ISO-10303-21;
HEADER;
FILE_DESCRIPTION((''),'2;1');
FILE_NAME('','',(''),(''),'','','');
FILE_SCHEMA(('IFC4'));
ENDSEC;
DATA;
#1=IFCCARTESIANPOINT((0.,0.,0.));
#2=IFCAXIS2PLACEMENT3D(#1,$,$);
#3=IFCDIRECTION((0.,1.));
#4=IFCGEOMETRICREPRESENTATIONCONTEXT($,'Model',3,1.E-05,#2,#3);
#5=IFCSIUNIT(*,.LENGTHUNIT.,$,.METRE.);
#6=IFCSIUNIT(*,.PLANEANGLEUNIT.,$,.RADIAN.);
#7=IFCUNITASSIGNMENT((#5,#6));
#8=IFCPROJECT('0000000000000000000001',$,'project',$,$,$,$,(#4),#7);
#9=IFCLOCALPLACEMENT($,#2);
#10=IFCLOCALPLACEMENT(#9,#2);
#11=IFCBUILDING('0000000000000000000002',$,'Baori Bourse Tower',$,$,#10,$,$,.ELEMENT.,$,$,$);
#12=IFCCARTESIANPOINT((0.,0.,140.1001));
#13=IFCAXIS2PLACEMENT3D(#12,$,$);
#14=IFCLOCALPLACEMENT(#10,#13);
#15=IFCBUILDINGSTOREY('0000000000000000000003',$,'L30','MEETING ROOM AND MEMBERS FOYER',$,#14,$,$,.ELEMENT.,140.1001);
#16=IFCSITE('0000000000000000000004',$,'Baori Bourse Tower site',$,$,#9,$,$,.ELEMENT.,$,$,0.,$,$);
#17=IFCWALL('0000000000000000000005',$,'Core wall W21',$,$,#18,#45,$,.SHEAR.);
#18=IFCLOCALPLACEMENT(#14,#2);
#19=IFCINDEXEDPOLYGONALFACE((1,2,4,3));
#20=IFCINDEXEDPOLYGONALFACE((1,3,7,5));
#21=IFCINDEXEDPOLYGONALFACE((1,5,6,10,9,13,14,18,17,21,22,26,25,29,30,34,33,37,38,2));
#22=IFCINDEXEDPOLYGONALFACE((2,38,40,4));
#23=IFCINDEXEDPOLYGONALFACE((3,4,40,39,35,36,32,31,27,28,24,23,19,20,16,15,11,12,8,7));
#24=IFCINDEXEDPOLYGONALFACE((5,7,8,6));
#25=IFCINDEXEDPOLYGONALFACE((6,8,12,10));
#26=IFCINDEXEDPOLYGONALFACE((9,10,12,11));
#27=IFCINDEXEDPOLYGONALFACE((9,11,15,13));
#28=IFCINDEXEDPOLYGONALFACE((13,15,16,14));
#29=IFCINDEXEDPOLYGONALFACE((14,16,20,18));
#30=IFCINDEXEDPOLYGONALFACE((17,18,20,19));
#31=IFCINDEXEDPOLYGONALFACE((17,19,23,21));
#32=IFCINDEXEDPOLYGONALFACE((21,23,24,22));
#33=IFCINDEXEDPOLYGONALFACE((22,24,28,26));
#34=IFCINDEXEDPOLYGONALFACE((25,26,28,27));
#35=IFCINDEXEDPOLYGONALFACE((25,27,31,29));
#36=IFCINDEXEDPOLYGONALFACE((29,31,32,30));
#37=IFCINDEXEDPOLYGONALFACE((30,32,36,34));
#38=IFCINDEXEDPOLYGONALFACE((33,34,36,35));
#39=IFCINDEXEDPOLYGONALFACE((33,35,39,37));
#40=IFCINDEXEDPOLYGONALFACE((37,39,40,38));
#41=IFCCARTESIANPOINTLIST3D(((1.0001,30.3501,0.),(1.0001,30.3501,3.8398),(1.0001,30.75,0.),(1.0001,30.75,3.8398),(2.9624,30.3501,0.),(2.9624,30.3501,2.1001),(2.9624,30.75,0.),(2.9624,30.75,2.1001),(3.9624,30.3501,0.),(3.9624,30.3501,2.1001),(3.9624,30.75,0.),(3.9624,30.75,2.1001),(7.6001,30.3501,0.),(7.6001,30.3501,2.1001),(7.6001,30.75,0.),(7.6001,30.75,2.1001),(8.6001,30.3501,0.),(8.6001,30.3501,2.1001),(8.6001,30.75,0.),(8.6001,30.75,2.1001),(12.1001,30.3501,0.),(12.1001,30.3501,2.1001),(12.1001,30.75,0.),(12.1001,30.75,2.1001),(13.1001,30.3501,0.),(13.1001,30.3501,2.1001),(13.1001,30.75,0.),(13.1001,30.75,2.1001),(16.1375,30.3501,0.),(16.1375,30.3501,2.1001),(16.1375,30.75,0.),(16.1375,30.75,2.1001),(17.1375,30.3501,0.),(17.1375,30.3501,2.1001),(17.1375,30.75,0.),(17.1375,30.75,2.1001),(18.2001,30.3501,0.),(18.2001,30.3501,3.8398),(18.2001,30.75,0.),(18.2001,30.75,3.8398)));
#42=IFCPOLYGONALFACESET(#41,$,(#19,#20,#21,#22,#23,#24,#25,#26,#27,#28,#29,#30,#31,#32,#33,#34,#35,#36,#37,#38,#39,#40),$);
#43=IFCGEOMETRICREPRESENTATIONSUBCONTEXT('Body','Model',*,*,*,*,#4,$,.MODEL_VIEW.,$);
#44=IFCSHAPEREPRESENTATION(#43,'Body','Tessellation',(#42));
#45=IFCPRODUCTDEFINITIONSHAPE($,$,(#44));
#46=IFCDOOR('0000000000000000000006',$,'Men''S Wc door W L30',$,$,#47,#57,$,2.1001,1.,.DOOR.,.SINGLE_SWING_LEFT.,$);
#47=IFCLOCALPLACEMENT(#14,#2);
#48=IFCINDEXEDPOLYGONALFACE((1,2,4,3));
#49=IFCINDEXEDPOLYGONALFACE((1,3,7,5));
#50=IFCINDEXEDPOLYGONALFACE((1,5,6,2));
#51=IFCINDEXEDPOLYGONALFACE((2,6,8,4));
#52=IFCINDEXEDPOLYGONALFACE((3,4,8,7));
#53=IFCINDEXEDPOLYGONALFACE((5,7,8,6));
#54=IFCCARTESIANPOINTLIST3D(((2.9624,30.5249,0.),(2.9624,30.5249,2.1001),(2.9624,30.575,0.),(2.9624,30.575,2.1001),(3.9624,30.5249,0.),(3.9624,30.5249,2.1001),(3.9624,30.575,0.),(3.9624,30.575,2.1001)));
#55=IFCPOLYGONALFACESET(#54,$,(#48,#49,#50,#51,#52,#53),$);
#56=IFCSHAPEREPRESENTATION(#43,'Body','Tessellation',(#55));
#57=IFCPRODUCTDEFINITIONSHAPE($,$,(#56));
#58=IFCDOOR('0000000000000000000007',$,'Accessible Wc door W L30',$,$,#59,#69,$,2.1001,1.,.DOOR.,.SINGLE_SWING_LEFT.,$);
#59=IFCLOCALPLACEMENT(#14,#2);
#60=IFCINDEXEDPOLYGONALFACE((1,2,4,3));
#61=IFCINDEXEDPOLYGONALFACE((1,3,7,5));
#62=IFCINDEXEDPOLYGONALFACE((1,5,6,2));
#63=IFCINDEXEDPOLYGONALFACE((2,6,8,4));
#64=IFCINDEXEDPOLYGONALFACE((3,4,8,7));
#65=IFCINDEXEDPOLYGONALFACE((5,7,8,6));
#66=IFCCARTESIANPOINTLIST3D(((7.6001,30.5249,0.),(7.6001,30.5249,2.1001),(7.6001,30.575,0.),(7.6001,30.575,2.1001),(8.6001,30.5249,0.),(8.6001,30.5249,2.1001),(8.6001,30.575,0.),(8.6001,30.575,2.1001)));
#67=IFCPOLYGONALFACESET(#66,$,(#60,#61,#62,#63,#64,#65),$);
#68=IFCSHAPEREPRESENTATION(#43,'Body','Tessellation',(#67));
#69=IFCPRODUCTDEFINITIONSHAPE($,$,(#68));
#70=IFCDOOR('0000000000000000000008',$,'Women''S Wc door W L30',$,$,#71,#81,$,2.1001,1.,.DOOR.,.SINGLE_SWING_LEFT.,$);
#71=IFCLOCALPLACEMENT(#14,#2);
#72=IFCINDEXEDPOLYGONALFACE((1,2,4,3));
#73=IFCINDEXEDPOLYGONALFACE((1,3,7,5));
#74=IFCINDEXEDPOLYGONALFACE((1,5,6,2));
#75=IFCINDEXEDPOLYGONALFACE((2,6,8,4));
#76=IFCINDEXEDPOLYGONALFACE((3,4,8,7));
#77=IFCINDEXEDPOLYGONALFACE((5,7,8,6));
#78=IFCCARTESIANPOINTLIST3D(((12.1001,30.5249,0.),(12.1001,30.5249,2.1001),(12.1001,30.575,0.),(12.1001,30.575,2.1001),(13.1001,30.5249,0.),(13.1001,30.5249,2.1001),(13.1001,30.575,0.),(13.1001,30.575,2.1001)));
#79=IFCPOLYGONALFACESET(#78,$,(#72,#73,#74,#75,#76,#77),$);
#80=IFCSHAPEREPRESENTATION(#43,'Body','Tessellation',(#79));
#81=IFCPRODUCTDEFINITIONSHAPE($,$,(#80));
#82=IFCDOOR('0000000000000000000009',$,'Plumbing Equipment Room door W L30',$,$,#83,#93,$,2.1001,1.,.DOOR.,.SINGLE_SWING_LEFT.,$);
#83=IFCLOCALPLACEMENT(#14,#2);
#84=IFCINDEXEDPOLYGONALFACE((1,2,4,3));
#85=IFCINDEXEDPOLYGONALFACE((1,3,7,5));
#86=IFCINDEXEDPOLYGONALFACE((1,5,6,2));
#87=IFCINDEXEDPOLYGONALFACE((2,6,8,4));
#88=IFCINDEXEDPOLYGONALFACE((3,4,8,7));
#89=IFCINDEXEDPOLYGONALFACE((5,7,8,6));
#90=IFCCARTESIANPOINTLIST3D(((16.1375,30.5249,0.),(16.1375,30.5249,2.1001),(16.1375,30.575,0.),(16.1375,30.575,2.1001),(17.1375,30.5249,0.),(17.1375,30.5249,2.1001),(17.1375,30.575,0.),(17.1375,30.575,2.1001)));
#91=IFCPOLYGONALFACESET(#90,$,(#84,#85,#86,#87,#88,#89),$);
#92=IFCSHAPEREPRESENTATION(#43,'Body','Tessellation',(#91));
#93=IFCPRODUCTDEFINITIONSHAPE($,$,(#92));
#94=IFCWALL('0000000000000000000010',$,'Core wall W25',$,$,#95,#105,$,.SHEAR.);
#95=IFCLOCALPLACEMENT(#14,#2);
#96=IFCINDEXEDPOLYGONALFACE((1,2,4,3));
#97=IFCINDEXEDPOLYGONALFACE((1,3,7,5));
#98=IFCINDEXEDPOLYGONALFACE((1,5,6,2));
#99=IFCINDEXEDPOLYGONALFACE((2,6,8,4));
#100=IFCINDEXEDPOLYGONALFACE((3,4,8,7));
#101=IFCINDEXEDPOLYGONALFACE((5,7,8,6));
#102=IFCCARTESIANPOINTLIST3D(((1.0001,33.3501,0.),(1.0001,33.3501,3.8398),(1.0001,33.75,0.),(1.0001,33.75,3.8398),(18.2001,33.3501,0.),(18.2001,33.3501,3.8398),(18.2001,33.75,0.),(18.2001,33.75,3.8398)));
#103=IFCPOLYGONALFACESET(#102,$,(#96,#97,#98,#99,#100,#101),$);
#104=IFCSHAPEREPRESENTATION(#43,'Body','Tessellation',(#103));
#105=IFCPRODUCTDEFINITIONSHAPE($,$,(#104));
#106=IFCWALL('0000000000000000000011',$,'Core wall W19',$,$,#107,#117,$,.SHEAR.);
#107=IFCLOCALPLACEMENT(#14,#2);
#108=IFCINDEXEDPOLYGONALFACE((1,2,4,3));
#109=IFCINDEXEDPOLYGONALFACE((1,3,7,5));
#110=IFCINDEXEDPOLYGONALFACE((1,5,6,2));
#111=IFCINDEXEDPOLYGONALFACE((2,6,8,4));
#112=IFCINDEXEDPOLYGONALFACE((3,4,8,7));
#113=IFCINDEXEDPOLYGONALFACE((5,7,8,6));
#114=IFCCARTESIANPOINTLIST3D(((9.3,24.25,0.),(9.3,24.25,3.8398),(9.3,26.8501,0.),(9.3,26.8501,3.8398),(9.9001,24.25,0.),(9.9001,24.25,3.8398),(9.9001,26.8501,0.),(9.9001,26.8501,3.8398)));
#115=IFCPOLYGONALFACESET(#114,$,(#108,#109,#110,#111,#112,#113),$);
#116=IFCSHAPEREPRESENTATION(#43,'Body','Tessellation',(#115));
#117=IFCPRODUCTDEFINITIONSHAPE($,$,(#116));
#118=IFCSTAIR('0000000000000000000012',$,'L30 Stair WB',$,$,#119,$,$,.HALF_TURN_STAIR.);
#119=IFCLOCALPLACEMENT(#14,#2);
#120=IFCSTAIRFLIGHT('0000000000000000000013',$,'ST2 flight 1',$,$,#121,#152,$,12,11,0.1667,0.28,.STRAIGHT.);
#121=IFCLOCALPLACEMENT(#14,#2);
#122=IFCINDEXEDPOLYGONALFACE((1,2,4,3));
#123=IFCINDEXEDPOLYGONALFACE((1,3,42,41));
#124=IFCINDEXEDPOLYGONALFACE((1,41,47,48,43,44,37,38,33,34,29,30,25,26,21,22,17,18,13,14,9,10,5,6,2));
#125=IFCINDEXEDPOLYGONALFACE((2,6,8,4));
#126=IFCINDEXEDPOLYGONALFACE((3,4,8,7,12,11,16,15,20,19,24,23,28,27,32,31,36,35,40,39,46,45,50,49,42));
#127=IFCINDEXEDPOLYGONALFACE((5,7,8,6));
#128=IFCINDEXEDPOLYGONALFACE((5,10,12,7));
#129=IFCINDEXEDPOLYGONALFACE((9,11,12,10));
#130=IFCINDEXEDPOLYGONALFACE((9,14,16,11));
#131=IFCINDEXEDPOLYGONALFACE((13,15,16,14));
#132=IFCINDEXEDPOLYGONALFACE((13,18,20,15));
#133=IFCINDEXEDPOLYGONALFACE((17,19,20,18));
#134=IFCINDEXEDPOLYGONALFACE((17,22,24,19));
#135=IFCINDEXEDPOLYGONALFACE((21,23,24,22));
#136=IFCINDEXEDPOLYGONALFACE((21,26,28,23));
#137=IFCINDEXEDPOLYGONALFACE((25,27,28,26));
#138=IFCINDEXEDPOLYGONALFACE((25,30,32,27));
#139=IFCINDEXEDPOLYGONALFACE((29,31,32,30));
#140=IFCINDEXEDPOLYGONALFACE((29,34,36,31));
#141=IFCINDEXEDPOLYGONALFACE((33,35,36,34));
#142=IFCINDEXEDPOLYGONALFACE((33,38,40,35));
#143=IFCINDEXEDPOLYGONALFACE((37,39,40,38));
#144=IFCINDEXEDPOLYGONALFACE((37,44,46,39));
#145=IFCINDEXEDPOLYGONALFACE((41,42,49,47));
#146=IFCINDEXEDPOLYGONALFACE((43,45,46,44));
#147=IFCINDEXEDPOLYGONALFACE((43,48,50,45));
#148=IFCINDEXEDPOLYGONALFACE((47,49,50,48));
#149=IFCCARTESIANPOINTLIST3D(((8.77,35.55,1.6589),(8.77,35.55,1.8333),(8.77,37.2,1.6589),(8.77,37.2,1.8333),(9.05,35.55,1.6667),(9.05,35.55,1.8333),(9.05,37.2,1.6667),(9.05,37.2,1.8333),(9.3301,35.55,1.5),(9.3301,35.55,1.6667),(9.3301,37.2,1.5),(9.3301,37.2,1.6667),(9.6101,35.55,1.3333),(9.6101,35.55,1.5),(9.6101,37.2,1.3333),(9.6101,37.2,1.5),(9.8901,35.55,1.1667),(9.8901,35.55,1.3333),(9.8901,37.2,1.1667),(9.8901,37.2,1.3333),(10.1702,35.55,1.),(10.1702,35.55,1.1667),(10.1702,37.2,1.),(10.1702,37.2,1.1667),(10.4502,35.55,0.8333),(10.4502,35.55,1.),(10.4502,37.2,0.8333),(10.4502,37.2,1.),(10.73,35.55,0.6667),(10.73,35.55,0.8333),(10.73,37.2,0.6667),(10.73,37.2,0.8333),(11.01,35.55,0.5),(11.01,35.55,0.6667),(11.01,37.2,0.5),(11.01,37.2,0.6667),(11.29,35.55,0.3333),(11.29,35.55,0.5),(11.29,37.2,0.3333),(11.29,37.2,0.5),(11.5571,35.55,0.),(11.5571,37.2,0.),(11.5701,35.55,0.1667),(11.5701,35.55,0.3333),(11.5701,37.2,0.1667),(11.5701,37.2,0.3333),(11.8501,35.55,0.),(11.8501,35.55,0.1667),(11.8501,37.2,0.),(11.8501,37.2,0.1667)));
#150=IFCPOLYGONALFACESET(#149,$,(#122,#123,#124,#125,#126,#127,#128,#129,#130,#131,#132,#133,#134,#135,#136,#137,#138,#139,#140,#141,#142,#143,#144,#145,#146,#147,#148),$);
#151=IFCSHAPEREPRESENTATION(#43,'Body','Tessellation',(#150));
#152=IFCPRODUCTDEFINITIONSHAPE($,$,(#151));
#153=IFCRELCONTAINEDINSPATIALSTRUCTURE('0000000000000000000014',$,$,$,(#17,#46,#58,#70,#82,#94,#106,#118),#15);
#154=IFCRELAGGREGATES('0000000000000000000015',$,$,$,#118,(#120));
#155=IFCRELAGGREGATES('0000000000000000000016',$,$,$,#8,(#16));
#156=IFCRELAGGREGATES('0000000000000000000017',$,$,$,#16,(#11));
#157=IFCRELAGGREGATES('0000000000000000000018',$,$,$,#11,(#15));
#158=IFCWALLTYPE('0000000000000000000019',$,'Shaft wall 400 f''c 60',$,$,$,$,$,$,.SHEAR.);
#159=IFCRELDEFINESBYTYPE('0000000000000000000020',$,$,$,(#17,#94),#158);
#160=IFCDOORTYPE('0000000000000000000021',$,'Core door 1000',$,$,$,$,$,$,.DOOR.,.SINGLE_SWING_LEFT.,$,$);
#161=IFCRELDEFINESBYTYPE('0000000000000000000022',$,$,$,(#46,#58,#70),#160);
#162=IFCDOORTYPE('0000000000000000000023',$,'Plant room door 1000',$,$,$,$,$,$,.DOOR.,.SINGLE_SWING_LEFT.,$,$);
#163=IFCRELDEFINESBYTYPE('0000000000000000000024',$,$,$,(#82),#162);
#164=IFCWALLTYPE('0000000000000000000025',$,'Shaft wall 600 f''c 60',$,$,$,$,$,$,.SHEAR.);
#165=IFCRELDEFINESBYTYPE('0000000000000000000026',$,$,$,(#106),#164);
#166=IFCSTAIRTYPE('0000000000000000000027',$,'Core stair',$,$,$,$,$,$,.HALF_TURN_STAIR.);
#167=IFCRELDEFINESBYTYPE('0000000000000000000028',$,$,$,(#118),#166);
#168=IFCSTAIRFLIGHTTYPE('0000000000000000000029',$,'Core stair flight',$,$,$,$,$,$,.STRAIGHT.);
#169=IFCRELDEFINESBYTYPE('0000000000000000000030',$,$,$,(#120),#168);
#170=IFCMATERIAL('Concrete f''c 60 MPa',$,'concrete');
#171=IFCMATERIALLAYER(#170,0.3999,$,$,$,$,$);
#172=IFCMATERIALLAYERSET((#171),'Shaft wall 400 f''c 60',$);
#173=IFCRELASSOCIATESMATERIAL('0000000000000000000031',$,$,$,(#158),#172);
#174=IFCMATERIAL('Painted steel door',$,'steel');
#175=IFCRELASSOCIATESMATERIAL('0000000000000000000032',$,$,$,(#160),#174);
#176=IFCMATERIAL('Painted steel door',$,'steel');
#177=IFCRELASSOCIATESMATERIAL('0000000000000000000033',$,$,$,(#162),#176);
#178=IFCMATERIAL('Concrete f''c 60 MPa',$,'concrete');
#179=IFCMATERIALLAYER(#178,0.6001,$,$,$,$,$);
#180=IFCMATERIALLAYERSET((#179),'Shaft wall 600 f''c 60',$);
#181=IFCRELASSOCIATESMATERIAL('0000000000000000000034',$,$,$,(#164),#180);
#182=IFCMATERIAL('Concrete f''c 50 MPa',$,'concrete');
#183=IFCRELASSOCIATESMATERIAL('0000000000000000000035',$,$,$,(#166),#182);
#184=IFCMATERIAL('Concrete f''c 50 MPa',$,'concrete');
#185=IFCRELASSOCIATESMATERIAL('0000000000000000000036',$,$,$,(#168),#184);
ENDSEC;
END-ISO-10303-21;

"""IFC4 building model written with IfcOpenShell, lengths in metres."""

from ifc_helpers import new_model, si_unit, direction, frame, frame_2d, origin, place, context, subcontext, project, spatial, polyline, rectangle, outline, extrude, material, layer, layer_set, type_object, element, fill, aggregate, save


model = new_model("IFC4")

# Units and contexts
model_context = context("Model", 3, precision=1e-05, world=origin(), true_north=direction((0.0, 1.0)))
body_context = subcontext(model_context, "Body", "Model", "MODEL_VIEW")
ifc_project = project(units=[si_unit("LENGTHUNIT", "METRE"), si_unit("PLANEANGLEUNIT", "RADIAN")], contexts=[model_context])

# Site, building, storey
site_placement = place(None, origin())
site = spatial("IfcSite", under=ifc_project, at=site_placement, Name="Baori Bourse Tower site", CompositionType="ELEMENT", RefElevation=0.0)
building_placement = place(site_placement, origin())
building = spatial("IfcBuilding", under=site, at=building_placement, Name="Baori Bourse Tower", CompositionType="ELEMENT")
storey_placement = place(building_placement, frame((0.0, 0.0, 140.1001)))
storey = spatial("IfcBuildingStorey", under=building, at=storey_placement, Name="L30", Description="MEETING ROOM AND MEMBERS FOYER", CompositionType="ELEMENT", Elevation=140.1001)

# Wall, openings, doors
ifc_material_1 = material(Name="Concrete f'c 60 MPa", Category="concrete")
ifc_layer_1 = layer(ifc_material_1, 0.3999)
ifc_layer_set_1 = layer_set([ifc_layer_1], Name="Shaft wall 400 f'c 60")
wall_type_1 = type_object("IfcWallType", Name="Shaft wall 400 f'c 60", PredefinedType="SHEAR", material=ifc_layer_set_1)
wall_1_placement = place(storey_placement, frame((1.0, 30.55, 0.0), z_axis=(0.0, 0.0, 1.0), x_axis=(1.0, 0.0, 0.0)))
wall_1 = element("IfcWall", 1, at=wall_1_placement, inside=storey, type_object=wall_type_1, Name="Core wall W21", PredefinedType="SHEAR", context=body_context, shape_type="SweptSolid", body=[
    extrude(rectangle(XDim=17.2, YDim=0.3999, at=frame_2d((8.6001, 0.0))), origin(), (0.0, 0.0, 1.0), 3.8398),
])
opening_1_placement = place(wall_1_placement, frame((1.9624, 0.0, 0.0)))
opening_1 = element("IfcOpeningElement", 2, at=opening_1_placement, cuts=wall_1, PredefinedType="OPENING", context=body_context, shape_type="SweptSolid", body=[
    extrude(rectangle(XDim=1.0, YDim=2.1001, at=frame_2d((0.5, 1.05))), frame((0.0, 0.21, 0.0), z_axis=(0.0, -1.0, 0.0), x_axis=(1.0, 0.0, 0.0)), (0.0, 0.0, 1.0), 0.4199),
])
opening_2_placement = place(wall_1_placement, frame((6.6001, 0.0, 0.0)))
opening_2 = element("IfcOpeningElement", 3, at=opening_2_placement, cuts=wall_1, PredefinedType="OPENING", context=body_context, shape_type="SweptSolid", body=[
    extrude(rectangle(XDim=1.0, YDim=2.1001, at=frame_2d((0.5, 1.05))), frame((0.0, 0.21, 0.0), z_axis=(0.0, -1.0, 0.0), x_axis=(1.0, 0.0, 0.0)), (0.0, 0.0, 1.0), 0.4199),
])
opening_3_placement = place(wall_1_placement, frame((11.1001, 0.0, 0.0)))
opening_3 = element("IfcOpeningElement", 4, at=opening_3_placement, cuts=wall_1, PredefinedType="OPENING", context=body_context, shape_type="SweptSolid", body=[
    extrude(rectangle(XDim=1.0, YDim=2.1001, at=frame_2d((0.5, 1.05))), frame((0.0, 0.21, 0.0), z_axis=(0.0, -1.0, 0.0), x_axis=(1.0, 0.0, 0.0)), (0.0, 0.0, 1.0), 0.4199),
])
opening_4_placement = place(wall_1_placement, frame((15.1375, 0.0, 0.0)))
opening_4 = element("IfcOpeningElement", 5, at=opening_4_placement, cuts=wall_1, PredefinedType="OPENING", context=body_context, shape_type="SweptSolid", body=[
    extrude(rectangle(XDim=1.0, YDim=2.1001, at=frame_2d((0.5, 1.05))), frame((0.0, 0.21, 0.0), z_axis=(0.0, -1.0, 0.0), x_axis=(1.0, 0.0, 0.0)), (0.0, 0.0, 1.0), 0.4199),
])
ifc_material_2 = material(Name="Painted steel door", Category="steel")
door_type_1 = type_object("IfcDoorType", Name="Core door 1000", OperationType="SINGLE_SWING_LEFT", PredefinedType="DOOR", material=ifc_material_2)
door_1_placement = place(opening_1_placement, origin())
door_1 = element("IfcDoor", 6, at=door_1_placement, inside=storey, type_object=door_type_1, Name="Men'S Wc door W L30", OperationType="SINGLE_SWING_LEFT", OverallHeight=2.1001, OverallWidth=1.0, PredefinedType="DOOR", context=body_context, shape_type="SweptSolid", body=[
    extrude(rectangle(XDim=1.0, YDim=2.1001, at=frame_2d((0.5, 1.05))), frame((0.0, 0.0249, 0.0), z_axis=(0.0, -1.0, 0.0), x_axis=(1.0, 0.0, 0.0)), (0.0, 0.0, 1.0), 0.05),
])
fill(opening_1, door_1)
door_2_placement = place(opening_2_placement, origin())
door_2 = element("IfcDoor", 7, at=door_2_placement, inside=storey, type_object=door_type_1, Name="Accessible Wc door W L30", OperationType="SINGLE_SWING_LEFT", OverallHeight=2.1001, OverallWidth=1.0, PredefinedType="DOOR", context=body_context, shape_type="SweptSolid", body=[
    extrude(rectangle(XDim=1.0, YDim=2.1001, at=frame_2d((0.5, 1.05))), frame((0.0, 0.0249, 0.0), z_axis=(0.0, -1.0, 0.0), x_axis=(1.0, 0.0, 0.0)), (0.0, 0.0, 1.0), 0.05),
])
fill(opening_2, door_2)
door_3_placement = place(opening_3_placement, origin())
door_3 = element("IfcDoor", 8, at=door_3_placement, inside=storey, type_object=door_type_1, Name="Women'S Wc door W L30", OperationType="SINGLE_SWING_LEFT", OverallHeight=2.1001, OverallWidth=1.0, PredefinedType="DOOR", context=body_context, shape_type="SweptSolid", body=[
    extrude(rectangle(XDim=1.0, YDim=2.1001, at=frame_2d((0.5, 1.05))), frame((0.0, 0.0249, 0.0), z_axis=(0.0, -1.0, 0.0), x_axis=(1.0, 0.0, 0.0)), (0.0, 0.0, 1.0), 0.05),
])
fill(opening_3, door_3)
ifc_material_3 = material(Name="Painted steel door", Category="steel")
door_type_2 = type_object("IfcDoorType", Name="Plant room door 1000", OperationType="SINGLE_SWING_LEFT", PredefinedType="DOOR", material=ifc_material_3)
door_4_placement = place(opening_4_placement, origin())
door_4 = element("IfcDoor", 9, at=door_4_placement, inside=storey, type_object=door_type_2, Name="Plumbing Equipment Room door W L30", OperationType="SINGLE_SWING_LEFT", OverallHeight=2.1001, OverallWidth=1.0, PredefinedType="DOOR", context=body_context, shape_type="SweptSolid", body=[
    extrude(rectangle(XDim=1.0, YDim=2.1001, at=frame_2d((0.5, 1.05))), frame((0.0, 0.0249, 0.0), z_axis=(0.0, -1.0, 0.0), x_axis=(1.0, 0.0, 0.0)), (0.0, 0.0, 1.0), 0.05),
])
fill(opening_4, door_4)

# Walls
wall_2_placement = place(storey_placement, frame((1.0, 33.55, 0.0), z_axis=(0.0, 0.0, 1.0), x_axis=(1.0, 0.0, 0.0)))
element("IfcWall", 10, at=wall_2_placement, inside=storey, type_object=wall_type_1, Name="Core wall W25", PredefinedType="SHEAR", context=body_context, shape_type="SweptSolid", body=[
    extrude(rectangle(XDim=17.2, YDim=0.3999, at=frame_2d((8.6001, 0.0))), origin(), (0.0, 0.0, 1.0), 3.8398),
])
ifc_material_4 = material(Name="Concrete f'c 60 MPa", Category="concrete")
ifc_layer_2 = layer(ifc_material_4, 0.6001)
ifc_layer_set_2 = layer_set([ifc_layer_2], Name="Shaft wall 600 f'c 60")
wall_type_2 = type_object("IfcWallType", Name="Shaft wall 600 f'c 60", PredefinedType="SHEAR", material=ifc_layer_set_2)
wall_3_placement = place(storey_placement, frame((9.6001, 24.25, 0.0), z_axis=(0.0, 0.0, 1.0), x_axis=(0.0, 1.0, 0.0)))
element("IfcWall", 11, at=wall_3_placement, inside=storey, type_object=wall_type_2, Name="Core wall W19", PredefinedType="SHEAR", context=body_context, shape_type="SweptSolid", body=[
    extrude(rectangle(XDim=2.6001, YDim=0.6001, at=frame_2d((1.3, 0.0))), origin(), (0.0, 0.0, 1.0), 3.8398),
])

# Stair, stair flight
ifc_material_5 = material(Name="Concrete f'c 50 MPa", Category="concrete")
stair_type = type_object("IfcStairType", Name="Core stair", PredefinedType="HALF_TURN_STAIR", material=ifc_material_5)
stair_placement = place(storey_placement, origin())
stair = element("IfcStair", 12, at=stair_placement, inside=storey, type_object=stair_type, Name="L30 Stair WB", PredefinedType="HALF_TURN_STAIR")
ifc_material_6 = material(Name="Concrete f'c 50 MPa", Category="concrete")
stair_flight_type = type_object("IfcStairFlightType", Name="Core stair flight", PredefinedType="STRAIGHT", material=ifc_material_6)
stair_flight_1_placement = place(storey_placement, frame((11.8501, 36.375, 0.0), z_axis=(0.0, 0.0, 1.0), x_axis=(-1.0, 0.0, 0.0)))
stair_flight_1 = element("IfcStairFlight", 13, at=stair_flight_1_placement, type_object=stair_flight_type, Name="ST2 flight 1", NumberOfRisers=12, NumberOfTreads=11, PredefinedType="STRAIGHT", RiserHeight=0.1667, TreadLength=0.28, context=body_context, shape_type="SweptSolid", body=[
    extrude(outline(polyline([(0.0, 0.0), (0.0, 0.1667), (0.28, 0.1667), (0.28, 0.3333), (0.5601, 0.3333), (0.5601, 0.5), (0.8401, 0.5), (0.8401, 0.6667), (1.1201, 0.6667), (1.1201, 0.8333), (1.3999, 0.8333), (1.3999, 1.0), (1.6799, 1.0), (1.6799, 1.1667), (1.96, 1.1667), (1.96, 1.3333), (2.24, 1.3333), (2.24, 1.5), (2.52, 1.5), (2.52, 1.6667), (2.8, 1.6667), (2.8, 1.8333), (3.0801, 1.8333), (3.0801, 2.0), (3.0801, 1.6589), (0.293, 0.0), (0.0, 0.0)])), frame((0.0, 0.825, 0.0), z_axis=(0.0, -1.0, 0.0), x_axis=(1.0, 0.0, 0.0)), (0.0, 0.0, 1.0), 1.6499),
])
aggregate(stair, [stair_flight_1])

save(model, "model.ifc")
